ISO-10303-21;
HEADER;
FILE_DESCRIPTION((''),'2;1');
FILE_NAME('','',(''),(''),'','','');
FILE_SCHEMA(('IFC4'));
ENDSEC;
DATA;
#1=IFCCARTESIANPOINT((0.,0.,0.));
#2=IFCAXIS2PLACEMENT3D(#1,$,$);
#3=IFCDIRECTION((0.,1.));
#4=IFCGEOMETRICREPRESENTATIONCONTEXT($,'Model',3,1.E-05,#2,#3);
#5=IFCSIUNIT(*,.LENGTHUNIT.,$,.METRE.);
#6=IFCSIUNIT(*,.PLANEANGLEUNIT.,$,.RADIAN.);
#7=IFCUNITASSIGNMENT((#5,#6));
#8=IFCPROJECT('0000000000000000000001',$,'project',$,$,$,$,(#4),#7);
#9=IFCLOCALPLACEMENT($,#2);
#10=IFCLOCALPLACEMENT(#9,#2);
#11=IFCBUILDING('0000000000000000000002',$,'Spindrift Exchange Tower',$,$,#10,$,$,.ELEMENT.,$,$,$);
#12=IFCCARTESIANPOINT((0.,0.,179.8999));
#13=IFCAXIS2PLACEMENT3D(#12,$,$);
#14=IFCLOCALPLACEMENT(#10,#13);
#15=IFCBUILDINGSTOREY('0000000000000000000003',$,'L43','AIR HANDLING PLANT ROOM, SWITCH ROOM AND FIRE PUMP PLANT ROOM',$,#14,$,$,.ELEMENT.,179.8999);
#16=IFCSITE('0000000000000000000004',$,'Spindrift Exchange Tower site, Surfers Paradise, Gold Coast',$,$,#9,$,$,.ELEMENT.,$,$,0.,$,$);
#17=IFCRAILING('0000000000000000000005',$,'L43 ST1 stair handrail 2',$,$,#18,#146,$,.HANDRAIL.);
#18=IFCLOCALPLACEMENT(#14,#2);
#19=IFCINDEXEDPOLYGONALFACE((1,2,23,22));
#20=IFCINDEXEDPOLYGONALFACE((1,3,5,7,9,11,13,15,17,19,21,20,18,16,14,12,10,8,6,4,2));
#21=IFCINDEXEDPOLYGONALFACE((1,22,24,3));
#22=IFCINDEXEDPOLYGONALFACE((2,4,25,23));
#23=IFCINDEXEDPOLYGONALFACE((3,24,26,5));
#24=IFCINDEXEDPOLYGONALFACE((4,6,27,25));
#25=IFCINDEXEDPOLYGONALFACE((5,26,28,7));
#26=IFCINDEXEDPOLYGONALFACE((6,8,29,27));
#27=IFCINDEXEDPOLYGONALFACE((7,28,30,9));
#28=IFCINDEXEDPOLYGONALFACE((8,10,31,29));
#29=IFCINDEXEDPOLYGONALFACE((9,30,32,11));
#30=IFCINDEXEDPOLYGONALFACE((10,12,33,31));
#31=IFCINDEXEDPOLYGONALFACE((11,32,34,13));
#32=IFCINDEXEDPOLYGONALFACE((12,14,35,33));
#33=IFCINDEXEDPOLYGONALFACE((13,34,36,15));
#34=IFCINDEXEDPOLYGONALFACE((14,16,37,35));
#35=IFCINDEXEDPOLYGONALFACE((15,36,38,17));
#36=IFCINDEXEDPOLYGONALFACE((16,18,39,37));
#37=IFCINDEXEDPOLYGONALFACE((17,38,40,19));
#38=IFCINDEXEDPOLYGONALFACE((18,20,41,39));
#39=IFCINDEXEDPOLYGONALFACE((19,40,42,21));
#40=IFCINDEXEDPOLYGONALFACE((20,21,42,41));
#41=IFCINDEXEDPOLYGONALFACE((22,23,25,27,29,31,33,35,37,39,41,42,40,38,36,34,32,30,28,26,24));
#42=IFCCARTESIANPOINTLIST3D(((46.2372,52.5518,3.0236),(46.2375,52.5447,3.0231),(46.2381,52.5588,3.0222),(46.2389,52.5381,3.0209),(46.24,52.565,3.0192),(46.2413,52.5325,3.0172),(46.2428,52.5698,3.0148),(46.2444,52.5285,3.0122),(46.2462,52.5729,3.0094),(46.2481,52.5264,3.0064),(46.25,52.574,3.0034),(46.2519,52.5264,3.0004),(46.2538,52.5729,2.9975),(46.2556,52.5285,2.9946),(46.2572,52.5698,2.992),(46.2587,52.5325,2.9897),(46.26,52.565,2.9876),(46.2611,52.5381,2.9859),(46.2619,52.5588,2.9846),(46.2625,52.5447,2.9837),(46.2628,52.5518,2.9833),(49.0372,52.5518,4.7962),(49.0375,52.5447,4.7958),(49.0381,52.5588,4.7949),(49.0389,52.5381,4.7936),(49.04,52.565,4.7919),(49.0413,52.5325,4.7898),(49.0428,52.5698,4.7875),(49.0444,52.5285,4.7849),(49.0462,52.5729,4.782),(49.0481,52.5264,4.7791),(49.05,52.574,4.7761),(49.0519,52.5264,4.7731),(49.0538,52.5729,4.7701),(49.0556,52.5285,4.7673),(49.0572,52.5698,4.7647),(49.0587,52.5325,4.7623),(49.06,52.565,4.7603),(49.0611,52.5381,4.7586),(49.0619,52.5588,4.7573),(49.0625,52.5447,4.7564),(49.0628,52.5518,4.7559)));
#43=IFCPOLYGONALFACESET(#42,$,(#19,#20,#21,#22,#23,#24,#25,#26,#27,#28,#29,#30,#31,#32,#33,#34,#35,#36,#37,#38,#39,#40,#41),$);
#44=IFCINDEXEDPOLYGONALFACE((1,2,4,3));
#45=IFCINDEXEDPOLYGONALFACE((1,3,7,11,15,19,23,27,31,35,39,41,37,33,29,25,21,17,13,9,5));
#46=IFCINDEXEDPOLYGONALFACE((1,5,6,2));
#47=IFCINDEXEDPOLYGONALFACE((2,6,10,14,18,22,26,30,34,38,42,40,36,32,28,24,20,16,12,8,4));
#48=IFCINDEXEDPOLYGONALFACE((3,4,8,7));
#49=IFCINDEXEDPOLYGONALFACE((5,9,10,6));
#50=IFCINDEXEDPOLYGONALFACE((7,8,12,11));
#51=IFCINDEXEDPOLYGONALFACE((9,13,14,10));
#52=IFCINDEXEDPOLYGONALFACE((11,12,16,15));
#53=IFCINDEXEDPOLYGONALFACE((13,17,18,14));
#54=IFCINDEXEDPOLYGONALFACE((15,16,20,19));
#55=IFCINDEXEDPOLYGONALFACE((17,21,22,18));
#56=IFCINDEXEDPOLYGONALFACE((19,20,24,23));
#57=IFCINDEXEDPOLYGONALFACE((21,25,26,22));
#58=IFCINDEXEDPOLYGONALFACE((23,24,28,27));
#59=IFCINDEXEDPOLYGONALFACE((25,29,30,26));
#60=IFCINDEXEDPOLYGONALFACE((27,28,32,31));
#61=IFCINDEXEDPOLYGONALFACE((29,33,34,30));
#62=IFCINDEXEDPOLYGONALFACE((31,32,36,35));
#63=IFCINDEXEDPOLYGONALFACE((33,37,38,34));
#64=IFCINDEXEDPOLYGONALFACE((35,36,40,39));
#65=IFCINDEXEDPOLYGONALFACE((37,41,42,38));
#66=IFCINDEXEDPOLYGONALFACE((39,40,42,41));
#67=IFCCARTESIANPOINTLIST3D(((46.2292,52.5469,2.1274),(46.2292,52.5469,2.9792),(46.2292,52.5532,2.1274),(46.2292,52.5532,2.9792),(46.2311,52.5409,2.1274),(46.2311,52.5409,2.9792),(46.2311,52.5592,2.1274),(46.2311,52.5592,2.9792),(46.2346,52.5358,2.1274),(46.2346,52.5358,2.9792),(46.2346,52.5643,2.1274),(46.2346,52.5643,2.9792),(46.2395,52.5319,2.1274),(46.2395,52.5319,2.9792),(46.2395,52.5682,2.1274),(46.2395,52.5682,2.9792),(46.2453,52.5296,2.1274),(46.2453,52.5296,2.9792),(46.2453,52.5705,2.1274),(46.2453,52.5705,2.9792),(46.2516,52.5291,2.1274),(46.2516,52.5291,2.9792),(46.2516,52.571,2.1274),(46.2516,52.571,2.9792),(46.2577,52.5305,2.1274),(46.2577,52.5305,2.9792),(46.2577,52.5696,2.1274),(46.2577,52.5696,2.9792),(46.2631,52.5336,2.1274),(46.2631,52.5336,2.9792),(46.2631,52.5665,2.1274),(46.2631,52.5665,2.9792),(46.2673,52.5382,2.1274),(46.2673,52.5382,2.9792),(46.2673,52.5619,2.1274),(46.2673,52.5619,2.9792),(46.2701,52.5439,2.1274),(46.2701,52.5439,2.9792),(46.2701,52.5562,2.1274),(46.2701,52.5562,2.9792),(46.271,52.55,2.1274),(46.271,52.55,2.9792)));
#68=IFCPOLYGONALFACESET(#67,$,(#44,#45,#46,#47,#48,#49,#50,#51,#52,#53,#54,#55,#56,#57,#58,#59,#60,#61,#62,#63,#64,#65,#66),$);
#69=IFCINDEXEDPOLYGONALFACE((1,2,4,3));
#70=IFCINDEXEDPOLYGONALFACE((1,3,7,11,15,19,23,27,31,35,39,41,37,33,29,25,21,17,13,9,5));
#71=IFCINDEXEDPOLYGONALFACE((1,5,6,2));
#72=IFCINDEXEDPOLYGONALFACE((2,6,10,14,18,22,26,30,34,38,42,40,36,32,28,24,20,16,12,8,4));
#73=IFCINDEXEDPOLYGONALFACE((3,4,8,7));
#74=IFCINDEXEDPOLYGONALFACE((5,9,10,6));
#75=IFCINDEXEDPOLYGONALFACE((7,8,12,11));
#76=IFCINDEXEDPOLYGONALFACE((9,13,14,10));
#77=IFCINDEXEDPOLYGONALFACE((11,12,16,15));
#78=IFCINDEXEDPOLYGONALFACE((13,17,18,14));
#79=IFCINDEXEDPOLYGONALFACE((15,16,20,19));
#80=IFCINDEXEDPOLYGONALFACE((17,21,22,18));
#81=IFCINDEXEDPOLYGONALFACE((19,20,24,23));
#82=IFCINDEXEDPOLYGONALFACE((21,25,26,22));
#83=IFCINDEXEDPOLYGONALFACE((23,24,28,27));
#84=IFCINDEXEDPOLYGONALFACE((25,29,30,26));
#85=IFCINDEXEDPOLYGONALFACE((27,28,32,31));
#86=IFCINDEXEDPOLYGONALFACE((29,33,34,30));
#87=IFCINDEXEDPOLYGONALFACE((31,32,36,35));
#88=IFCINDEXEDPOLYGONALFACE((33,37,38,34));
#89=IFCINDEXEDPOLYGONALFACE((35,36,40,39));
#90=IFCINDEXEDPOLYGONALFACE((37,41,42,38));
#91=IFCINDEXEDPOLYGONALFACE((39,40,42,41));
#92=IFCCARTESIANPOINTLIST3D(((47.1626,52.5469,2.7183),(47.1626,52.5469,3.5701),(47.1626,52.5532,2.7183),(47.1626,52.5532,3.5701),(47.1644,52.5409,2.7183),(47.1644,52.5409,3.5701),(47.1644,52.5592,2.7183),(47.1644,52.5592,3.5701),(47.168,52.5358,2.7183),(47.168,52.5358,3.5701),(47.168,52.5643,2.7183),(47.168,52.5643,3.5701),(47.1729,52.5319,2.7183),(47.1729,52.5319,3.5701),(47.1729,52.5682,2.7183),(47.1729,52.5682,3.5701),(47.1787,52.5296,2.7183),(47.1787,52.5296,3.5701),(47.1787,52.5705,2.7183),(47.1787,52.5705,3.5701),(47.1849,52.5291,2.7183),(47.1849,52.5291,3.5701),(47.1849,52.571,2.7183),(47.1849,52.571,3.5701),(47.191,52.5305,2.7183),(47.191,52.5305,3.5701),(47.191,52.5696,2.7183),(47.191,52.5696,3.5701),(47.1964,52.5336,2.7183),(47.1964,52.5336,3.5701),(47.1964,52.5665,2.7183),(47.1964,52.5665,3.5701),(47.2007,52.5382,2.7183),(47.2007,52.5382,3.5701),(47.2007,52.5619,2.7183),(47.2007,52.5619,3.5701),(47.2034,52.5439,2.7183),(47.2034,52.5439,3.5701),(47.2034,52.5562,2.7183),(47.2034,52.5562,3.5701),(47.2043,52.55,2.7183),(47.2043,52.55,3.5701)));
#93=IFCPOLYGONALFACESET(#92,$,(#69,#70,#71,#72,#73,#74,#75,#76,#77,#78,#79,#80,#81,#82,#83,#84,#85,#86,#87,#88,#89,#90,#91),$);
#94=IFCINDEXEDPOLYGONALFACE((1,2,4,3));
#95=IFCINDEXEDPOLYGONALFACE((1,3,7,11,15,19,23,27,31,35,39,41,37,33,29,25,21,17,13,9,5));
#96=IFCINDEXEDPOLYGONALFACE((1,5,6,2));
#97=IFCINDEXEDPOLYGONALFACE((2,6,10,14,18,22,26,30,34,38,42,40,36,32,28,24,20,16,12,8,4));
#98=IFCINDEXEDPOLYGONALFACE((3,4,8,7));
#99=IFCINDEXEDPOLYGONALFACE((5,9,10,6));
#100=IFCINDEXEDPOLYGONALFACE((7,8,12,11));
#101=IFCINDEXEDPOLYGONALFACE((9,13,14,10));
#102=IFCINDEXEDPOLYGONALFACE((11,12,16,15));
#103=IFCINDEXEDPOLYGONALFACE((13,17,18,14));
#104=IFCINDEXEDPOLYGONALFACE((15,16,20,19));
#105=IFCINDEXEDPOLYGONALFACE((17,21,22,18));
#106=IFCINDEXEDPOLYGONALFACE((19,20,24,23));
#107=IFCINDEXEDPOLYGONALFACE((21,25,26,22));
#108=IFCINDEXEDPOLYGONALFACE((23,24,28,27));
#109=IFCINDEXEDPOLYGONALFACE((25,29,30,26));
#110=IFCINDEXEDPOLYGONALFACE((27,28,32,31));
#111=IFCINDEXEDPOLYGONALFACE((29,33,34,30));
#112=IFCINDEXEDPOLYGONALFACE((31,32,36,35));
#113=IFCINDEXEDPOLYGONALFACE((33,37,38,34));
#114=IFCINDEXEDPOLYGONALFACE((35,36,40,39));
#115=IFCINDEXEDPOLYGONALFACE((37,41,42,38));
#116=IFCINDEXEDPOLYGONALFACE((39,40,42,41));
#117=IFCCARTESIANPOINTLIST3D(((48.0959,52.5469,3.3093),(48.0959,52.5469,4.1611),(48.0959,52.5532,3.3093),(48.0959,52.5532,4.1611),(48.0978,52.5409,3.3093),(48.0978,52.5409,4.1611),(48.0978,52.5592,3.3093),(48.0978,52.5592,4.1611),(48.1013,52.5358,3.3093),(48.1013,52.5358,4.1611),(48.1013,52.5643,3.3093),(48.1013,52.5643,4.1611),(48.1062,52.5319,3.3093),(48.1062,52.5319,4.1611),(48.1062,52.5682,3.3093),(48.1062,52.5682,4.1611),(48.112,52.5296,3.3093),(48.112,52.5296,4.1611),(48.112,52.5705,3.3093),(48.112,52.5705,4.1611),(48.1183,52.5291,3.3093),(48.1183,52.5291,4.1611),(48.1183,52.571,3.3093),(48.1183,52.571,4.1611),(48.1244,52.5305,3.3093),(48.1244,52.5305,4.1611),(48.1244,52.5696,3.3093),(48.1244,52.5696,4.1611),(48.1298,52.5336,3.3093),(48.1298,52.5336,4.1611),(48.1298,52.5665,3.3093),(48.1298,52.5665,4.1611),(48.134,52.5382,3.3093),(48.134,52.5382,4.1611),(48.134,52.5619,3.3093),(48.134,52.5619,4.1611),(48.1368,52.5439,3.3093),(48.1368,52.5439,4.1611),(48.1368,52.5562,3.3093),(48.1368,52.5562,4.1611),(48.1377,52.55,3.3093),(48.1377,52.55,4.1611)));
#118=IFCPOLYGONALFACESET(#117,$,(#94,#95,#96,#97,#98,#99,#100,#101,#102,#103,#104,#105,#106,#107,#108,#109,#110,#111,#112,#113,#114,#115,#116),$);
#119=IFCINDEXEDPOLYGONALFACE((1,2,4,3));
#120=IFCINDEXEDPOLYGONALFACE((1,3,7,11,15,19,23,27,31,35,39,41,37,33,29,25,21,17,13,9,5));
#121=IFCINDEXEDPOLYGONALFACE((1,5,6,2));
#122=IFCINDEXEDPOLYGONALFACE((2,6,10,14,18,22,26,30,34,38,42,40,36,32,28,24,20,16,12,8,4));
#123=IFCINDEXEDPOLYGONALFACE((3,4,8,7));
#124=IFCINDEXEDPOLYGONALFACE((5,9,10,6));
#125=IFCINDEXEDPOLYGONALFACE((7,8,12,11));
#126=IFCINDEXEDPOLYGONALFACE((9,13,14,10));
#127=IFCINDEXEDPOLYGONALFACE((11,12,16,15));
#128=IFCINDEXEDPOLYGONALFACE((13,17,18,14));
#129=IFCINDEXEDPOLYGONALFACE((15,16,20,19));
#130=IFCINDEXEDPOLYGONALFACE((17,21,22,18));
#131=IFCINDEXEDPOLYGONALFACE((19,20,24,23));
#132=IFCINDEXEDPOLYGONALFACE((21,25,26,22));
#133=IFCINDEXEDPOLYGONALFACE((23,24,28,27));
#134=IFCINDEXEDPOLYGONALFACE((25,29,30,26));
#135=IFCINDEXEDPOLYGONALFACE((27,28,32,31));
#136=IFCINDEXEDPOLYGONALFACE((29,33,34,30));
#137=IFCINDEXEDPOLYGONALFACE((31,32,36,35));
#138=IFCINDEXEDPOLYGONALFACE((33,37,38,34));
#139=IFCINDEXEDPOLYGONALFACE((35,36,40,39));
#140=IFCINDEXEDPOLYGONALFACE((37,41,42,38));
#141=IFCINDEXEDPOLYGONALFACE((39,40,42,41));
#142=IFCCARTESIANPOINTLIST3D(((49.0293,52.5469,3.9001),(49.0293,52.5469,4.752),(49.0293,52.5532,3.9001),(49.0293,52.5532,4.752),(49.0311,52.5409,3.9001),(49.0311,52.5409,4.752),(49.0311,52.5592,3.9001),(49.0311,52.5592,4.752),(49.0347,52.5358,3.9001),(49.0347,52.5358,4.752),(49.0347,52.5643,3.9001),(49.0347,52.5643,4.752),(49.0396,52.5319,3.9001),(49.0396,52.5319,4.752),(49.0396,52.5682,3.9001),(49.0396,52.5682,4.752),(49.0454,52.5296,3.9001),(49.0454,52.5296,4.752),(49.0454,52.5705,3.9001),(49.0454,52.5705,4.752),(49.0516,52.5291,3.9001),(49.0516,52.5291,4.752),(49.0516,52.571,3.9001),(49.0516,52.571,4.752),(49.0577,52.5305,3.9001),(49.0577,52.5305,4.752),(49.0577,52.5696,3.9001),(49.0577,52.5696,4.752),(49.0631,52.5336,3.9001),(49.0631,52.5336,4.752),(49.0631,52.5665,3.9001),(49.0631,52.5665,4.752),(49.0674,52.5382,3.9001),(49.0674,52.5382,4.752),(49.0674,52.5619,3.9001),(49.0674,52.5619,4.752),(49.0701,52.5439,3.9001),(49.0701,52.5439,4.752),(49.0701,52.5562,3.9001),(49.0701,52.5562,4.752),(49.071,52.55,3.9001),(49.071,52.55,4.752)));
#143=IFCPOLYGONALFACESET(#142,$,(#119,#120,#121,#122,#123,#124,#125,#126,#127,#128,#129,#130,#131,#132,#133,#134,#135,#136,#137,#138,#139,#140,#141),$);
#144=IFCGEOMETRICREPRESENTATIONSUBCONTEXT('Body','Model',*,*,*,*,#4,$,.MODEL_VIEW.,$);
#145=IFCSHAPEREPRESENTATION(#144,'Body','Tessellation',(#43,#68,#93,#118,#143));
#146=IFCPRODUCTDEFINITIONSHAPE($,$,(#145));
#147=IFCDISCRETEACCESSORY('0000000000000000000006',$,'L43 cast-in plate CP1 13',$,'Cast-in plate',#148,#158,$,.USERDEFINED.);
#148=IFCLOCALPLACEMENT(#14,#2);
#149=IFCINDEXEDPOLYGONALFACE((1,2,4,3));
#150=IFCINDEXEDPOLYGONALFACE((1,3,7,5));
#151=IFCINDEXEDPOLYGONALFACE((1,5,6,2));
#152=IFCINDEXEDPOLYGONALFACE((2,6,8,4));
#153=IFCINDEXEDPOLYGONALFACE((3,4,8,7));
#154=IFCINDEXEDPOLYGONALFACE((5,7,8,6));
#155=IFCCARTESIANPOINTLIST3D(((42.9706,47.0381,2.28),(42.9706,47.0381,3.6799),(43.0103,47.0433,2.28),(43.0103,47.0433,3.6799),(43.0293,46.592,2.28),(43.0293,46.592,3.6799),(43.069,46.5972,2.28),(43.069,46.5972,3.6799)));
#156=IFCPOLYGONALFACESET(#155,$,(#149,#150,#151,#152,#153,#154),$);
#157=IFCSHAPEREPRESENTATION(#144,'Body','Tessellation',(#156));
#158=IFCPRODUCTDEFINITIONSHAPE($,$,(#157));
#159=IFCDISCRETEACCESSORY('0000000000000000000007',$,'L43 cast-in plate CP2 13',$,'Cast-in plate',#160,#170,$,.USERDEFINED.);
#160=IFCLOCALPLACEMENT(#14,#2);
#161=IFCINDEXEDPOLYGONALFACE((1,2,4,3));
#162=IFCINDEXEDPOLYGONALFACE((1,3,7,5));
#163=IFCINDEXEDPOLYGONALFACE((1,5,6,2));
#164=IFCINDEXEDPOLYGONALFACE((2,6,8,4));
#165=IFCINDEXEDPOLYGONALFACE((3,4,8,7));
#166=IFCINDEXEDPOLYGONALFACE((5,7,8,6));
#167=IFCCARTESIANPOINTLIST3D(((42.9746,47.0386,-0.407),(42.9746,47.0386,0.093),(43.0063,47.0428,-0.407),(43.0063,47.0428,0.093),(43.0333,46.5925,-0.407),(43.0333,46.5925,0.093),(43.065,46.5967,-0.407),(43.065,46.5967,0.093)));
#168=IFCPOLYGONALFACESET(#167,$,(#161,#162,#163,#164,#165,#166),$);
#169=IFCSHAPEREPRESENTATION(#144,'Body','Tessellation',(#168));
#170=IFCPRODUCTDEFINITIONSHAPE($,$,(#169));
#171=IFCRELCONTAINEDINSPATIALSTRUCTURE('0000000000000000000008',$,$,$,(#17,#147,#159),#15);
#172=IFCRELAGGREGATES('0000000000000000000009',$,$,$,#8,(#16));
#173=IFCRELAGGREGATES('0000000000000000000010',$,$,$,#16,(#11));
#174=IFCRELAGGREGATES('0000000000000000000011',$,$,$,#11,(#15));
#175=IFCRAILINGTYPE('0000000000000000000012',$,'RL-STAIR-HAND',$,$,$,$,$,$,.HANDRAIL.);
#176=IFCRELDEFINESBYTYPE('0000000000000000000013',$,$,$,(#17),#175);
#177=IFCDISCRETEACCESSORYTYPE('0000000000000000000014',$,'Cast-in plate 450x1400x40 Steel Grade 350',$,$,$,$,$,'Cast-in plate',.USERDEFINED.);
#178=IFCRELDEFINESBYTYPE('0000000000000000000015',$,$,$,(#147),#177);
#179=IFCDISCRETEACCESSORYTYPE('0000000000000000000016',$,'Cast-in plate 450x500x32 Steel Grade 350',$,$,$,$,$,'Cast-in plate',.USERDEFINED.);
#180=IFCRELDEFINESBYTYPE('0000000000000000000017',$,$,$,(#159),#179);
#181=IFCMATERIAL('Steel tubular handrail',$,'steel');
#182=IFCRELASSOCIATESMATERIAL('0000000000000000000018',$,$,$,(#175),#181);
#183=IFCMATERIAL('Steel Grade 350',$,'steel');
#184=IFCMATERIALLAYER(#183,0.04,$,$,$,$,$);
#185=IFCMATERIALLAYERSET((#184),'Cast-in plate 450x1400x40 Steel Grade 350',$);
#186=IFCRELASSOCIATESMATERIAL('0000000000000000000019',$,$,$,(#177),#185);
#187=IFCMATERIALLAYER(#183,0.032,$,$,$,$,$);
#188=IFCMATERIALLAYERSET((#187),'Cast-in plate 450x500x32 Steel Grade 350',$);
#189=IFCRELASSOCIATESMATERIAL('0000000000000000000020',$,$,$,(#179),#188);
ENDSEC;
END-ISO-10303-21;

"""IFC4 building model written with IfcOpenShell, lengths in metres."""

from ifc_helpers import new_model, si_unit, direction, frame, origin, origin_2d, place, context, subcontext, project, spatial, rectangle, circle, extrude, source, transform, mapped, material, layer, layer_set, type_object, element, save


model = new_model("IFC4")

# Units and contexts
model_context = context("Model", 3, precision=1e-05, world=origin(), true_north=direction((0.0, 1.0)))
body_context = subcontext(model_context, "Body", "Model", "MODEL_VIEW")
ifc_project = project(units=[si_unit("LENGTHUNIT", "METRE"), si_unit("PLANEANGLEUNIT", "RADIAN")], contexts=[model_context])

# Site, building, storey
site_placement = place(None, origin())
site = spatial("IfcSite", under=ifc_project, at=site_placement, Name="Spindrift Exchange Tower site, Surfers Paradise, Gold Coast", CompositionType="ELEMENT", RefElevation=0.0)
building_placement = place(site_placement, origin())
building = spatial("IfcBuilding", under=site, at=building_placement, Name="Spindrift Exchange Tower", CompositionType="ELEMENT")
storey_placement = place(building_placement, frame((0.0, 0.0, 179.8999)))
storey = spatial("IfcBuildingStorey", under=building, at=storey_placement, Name="L43", Description="AIR HANDLING PLANT ROOM, SWITCH ROOM AND FIRE PUMP PLANT ROOM", CompositionType="ELEMENT", Elevation=179.8999)

# Railing
ifc_material_1 = material(Name="Steel tubular handrail", Category="steel")
railing_type_1 = type_object("IfcRailingType", Name="RL-STAIR-HAND", PredefinedType="HANDRAIL", material=ifc_material_1)
railing_1_placement = place(storey_placement, frame((46.25, 52.55, 2.1274)))
element("IfcRailing", 1, at=railing_1_placement, inside=storey, type_object=railing_type_1, Name="L43 ST1 stair handrail 2", PredefinedType="HANDRAIL", context=body_context, shape_type="SweptSolid", body=[
    extrude(circle(Radius=0.0239, at=origin_2d()), frame((0.0, 0.0, 0.876), z_axis=(0.844909, 0.0, 0.53491), x_axis=(0.0, 1.0, 0.0)), (0.0, 0.0, 1.0), 3.314),
    extrude(circle(Radius=0.021, at=origin_2d()), origin(), (0.0, 0.0, 1.0), 0.8518),
    extrude(circle(Radius=0.021, at=origin_2d()), frame((0.9333, 0.0, 0.5908)), (0.0, 0.0, 1.0), 0.8518),
    extrude(circle(Radius=0.021, at=origin_2d()), frame((1.8667, 0.0, 1.1819)), (0.0, 0.0, 1.0), 0.8518),
    extrude(circle(Radius=0.021, at=origin_2d()), frame((2.8, 0.0, 1.7727)), (0.0, 0.0, 1.0), 0.8518),
])

# Discrete accessories
ifc_material_2 = material(Name="Steel Grade 350", Category="steel")
ifc_layer_1 = layer(ifc_material_2, 0.04)
ifc_layer_set_1 = layer_set([ifc_layer_1], Name="Cast-in plate 450x1400x40 Steel Grade 350")
discrete_accessory_type_1 = type_object("IfcDiscreteAccessoryType", Name="Cast-in plate 450x1400x40 Steel Grade 350", ElementType="Cast-in plate", PredefinedType="USERDEFINED", material=ifc_layer_set_1)
shared_shape_1 = source(origin(), body_context, "Body", "SweptSolid", [
    extrude(rectangle(XDim=0.04, YDim=0.45, at=origin_2d()), origin(), (0.0, 0.0, 1.0), 1.3999),
])
discrete_accessory_1_placement = place(storey_placement, frame((43.0198, 46.8176, 2.28), z_axis=(0.0, 0.0, 1.0), x_axis=(-0.991445, -0.130526, 0.0)))
element("IfcDiscreteAccessory", 2, at=discrete_accessory_1_placement, inside=storey, type_object=discrete_accessory_type_1, Name="L43 cast-in plate CP1 13", ObjectType="Cast-in plate", PredefinedType="USERDEFINED", context=body_context, shape_type="MappedRepresentation", body=[
    mapped(shared_shape_1, transform((0.0, 0.0, 0.0), scale=1.0)),
])
ifc_layer_2 = layer(ifc_material_2, 0.032)
ifc_layer_set_2 = layer_set([ifc_layer_2], Name="Cast-in plate 450x500x32 Steel Grade 350")
discrete_accessory_type_2 = type_object("IfcDiscreteAccessoryType", Name="Cast-in plate 450x500x32 Steel Grade 350", ElementType="Cast-in plate", PredefinedType="USERDEFINED", material=ifc_layer_set_2)
shared_shape_2 = source(origin(), body_context, "Body", "SweptSolid", [
    extrude(rectangle(XDim=0.032, YDim=0.45, at=origin_2d()), origin(), (0.0, 0.0, 1.0), 0.5),
])
discrete_accessory_2_placement = place(storey_placement, frame((43.0198, 46.8176, -0.407), z_axis=(0.0, 0.0, 1.0), x_axis=(-0.991445, -0.130526, 0.0)))
element("IfcDiscreteAccessory", 3, at=discrete_accessory_2_placement, inside=storey, type_object=discrete_accessory_type_2, Name="L43 cast-in plate CP2 13", ObjectType="Cast-in plate", PredefinedType="USERDEFINED", context=body_context, shape_type="MappedRepresentation", body=[
    mapped(shared_shape_2, transform((0.0, 0.0, 0.0), scale=1.0)),
])

save(model, "model.ifc")
